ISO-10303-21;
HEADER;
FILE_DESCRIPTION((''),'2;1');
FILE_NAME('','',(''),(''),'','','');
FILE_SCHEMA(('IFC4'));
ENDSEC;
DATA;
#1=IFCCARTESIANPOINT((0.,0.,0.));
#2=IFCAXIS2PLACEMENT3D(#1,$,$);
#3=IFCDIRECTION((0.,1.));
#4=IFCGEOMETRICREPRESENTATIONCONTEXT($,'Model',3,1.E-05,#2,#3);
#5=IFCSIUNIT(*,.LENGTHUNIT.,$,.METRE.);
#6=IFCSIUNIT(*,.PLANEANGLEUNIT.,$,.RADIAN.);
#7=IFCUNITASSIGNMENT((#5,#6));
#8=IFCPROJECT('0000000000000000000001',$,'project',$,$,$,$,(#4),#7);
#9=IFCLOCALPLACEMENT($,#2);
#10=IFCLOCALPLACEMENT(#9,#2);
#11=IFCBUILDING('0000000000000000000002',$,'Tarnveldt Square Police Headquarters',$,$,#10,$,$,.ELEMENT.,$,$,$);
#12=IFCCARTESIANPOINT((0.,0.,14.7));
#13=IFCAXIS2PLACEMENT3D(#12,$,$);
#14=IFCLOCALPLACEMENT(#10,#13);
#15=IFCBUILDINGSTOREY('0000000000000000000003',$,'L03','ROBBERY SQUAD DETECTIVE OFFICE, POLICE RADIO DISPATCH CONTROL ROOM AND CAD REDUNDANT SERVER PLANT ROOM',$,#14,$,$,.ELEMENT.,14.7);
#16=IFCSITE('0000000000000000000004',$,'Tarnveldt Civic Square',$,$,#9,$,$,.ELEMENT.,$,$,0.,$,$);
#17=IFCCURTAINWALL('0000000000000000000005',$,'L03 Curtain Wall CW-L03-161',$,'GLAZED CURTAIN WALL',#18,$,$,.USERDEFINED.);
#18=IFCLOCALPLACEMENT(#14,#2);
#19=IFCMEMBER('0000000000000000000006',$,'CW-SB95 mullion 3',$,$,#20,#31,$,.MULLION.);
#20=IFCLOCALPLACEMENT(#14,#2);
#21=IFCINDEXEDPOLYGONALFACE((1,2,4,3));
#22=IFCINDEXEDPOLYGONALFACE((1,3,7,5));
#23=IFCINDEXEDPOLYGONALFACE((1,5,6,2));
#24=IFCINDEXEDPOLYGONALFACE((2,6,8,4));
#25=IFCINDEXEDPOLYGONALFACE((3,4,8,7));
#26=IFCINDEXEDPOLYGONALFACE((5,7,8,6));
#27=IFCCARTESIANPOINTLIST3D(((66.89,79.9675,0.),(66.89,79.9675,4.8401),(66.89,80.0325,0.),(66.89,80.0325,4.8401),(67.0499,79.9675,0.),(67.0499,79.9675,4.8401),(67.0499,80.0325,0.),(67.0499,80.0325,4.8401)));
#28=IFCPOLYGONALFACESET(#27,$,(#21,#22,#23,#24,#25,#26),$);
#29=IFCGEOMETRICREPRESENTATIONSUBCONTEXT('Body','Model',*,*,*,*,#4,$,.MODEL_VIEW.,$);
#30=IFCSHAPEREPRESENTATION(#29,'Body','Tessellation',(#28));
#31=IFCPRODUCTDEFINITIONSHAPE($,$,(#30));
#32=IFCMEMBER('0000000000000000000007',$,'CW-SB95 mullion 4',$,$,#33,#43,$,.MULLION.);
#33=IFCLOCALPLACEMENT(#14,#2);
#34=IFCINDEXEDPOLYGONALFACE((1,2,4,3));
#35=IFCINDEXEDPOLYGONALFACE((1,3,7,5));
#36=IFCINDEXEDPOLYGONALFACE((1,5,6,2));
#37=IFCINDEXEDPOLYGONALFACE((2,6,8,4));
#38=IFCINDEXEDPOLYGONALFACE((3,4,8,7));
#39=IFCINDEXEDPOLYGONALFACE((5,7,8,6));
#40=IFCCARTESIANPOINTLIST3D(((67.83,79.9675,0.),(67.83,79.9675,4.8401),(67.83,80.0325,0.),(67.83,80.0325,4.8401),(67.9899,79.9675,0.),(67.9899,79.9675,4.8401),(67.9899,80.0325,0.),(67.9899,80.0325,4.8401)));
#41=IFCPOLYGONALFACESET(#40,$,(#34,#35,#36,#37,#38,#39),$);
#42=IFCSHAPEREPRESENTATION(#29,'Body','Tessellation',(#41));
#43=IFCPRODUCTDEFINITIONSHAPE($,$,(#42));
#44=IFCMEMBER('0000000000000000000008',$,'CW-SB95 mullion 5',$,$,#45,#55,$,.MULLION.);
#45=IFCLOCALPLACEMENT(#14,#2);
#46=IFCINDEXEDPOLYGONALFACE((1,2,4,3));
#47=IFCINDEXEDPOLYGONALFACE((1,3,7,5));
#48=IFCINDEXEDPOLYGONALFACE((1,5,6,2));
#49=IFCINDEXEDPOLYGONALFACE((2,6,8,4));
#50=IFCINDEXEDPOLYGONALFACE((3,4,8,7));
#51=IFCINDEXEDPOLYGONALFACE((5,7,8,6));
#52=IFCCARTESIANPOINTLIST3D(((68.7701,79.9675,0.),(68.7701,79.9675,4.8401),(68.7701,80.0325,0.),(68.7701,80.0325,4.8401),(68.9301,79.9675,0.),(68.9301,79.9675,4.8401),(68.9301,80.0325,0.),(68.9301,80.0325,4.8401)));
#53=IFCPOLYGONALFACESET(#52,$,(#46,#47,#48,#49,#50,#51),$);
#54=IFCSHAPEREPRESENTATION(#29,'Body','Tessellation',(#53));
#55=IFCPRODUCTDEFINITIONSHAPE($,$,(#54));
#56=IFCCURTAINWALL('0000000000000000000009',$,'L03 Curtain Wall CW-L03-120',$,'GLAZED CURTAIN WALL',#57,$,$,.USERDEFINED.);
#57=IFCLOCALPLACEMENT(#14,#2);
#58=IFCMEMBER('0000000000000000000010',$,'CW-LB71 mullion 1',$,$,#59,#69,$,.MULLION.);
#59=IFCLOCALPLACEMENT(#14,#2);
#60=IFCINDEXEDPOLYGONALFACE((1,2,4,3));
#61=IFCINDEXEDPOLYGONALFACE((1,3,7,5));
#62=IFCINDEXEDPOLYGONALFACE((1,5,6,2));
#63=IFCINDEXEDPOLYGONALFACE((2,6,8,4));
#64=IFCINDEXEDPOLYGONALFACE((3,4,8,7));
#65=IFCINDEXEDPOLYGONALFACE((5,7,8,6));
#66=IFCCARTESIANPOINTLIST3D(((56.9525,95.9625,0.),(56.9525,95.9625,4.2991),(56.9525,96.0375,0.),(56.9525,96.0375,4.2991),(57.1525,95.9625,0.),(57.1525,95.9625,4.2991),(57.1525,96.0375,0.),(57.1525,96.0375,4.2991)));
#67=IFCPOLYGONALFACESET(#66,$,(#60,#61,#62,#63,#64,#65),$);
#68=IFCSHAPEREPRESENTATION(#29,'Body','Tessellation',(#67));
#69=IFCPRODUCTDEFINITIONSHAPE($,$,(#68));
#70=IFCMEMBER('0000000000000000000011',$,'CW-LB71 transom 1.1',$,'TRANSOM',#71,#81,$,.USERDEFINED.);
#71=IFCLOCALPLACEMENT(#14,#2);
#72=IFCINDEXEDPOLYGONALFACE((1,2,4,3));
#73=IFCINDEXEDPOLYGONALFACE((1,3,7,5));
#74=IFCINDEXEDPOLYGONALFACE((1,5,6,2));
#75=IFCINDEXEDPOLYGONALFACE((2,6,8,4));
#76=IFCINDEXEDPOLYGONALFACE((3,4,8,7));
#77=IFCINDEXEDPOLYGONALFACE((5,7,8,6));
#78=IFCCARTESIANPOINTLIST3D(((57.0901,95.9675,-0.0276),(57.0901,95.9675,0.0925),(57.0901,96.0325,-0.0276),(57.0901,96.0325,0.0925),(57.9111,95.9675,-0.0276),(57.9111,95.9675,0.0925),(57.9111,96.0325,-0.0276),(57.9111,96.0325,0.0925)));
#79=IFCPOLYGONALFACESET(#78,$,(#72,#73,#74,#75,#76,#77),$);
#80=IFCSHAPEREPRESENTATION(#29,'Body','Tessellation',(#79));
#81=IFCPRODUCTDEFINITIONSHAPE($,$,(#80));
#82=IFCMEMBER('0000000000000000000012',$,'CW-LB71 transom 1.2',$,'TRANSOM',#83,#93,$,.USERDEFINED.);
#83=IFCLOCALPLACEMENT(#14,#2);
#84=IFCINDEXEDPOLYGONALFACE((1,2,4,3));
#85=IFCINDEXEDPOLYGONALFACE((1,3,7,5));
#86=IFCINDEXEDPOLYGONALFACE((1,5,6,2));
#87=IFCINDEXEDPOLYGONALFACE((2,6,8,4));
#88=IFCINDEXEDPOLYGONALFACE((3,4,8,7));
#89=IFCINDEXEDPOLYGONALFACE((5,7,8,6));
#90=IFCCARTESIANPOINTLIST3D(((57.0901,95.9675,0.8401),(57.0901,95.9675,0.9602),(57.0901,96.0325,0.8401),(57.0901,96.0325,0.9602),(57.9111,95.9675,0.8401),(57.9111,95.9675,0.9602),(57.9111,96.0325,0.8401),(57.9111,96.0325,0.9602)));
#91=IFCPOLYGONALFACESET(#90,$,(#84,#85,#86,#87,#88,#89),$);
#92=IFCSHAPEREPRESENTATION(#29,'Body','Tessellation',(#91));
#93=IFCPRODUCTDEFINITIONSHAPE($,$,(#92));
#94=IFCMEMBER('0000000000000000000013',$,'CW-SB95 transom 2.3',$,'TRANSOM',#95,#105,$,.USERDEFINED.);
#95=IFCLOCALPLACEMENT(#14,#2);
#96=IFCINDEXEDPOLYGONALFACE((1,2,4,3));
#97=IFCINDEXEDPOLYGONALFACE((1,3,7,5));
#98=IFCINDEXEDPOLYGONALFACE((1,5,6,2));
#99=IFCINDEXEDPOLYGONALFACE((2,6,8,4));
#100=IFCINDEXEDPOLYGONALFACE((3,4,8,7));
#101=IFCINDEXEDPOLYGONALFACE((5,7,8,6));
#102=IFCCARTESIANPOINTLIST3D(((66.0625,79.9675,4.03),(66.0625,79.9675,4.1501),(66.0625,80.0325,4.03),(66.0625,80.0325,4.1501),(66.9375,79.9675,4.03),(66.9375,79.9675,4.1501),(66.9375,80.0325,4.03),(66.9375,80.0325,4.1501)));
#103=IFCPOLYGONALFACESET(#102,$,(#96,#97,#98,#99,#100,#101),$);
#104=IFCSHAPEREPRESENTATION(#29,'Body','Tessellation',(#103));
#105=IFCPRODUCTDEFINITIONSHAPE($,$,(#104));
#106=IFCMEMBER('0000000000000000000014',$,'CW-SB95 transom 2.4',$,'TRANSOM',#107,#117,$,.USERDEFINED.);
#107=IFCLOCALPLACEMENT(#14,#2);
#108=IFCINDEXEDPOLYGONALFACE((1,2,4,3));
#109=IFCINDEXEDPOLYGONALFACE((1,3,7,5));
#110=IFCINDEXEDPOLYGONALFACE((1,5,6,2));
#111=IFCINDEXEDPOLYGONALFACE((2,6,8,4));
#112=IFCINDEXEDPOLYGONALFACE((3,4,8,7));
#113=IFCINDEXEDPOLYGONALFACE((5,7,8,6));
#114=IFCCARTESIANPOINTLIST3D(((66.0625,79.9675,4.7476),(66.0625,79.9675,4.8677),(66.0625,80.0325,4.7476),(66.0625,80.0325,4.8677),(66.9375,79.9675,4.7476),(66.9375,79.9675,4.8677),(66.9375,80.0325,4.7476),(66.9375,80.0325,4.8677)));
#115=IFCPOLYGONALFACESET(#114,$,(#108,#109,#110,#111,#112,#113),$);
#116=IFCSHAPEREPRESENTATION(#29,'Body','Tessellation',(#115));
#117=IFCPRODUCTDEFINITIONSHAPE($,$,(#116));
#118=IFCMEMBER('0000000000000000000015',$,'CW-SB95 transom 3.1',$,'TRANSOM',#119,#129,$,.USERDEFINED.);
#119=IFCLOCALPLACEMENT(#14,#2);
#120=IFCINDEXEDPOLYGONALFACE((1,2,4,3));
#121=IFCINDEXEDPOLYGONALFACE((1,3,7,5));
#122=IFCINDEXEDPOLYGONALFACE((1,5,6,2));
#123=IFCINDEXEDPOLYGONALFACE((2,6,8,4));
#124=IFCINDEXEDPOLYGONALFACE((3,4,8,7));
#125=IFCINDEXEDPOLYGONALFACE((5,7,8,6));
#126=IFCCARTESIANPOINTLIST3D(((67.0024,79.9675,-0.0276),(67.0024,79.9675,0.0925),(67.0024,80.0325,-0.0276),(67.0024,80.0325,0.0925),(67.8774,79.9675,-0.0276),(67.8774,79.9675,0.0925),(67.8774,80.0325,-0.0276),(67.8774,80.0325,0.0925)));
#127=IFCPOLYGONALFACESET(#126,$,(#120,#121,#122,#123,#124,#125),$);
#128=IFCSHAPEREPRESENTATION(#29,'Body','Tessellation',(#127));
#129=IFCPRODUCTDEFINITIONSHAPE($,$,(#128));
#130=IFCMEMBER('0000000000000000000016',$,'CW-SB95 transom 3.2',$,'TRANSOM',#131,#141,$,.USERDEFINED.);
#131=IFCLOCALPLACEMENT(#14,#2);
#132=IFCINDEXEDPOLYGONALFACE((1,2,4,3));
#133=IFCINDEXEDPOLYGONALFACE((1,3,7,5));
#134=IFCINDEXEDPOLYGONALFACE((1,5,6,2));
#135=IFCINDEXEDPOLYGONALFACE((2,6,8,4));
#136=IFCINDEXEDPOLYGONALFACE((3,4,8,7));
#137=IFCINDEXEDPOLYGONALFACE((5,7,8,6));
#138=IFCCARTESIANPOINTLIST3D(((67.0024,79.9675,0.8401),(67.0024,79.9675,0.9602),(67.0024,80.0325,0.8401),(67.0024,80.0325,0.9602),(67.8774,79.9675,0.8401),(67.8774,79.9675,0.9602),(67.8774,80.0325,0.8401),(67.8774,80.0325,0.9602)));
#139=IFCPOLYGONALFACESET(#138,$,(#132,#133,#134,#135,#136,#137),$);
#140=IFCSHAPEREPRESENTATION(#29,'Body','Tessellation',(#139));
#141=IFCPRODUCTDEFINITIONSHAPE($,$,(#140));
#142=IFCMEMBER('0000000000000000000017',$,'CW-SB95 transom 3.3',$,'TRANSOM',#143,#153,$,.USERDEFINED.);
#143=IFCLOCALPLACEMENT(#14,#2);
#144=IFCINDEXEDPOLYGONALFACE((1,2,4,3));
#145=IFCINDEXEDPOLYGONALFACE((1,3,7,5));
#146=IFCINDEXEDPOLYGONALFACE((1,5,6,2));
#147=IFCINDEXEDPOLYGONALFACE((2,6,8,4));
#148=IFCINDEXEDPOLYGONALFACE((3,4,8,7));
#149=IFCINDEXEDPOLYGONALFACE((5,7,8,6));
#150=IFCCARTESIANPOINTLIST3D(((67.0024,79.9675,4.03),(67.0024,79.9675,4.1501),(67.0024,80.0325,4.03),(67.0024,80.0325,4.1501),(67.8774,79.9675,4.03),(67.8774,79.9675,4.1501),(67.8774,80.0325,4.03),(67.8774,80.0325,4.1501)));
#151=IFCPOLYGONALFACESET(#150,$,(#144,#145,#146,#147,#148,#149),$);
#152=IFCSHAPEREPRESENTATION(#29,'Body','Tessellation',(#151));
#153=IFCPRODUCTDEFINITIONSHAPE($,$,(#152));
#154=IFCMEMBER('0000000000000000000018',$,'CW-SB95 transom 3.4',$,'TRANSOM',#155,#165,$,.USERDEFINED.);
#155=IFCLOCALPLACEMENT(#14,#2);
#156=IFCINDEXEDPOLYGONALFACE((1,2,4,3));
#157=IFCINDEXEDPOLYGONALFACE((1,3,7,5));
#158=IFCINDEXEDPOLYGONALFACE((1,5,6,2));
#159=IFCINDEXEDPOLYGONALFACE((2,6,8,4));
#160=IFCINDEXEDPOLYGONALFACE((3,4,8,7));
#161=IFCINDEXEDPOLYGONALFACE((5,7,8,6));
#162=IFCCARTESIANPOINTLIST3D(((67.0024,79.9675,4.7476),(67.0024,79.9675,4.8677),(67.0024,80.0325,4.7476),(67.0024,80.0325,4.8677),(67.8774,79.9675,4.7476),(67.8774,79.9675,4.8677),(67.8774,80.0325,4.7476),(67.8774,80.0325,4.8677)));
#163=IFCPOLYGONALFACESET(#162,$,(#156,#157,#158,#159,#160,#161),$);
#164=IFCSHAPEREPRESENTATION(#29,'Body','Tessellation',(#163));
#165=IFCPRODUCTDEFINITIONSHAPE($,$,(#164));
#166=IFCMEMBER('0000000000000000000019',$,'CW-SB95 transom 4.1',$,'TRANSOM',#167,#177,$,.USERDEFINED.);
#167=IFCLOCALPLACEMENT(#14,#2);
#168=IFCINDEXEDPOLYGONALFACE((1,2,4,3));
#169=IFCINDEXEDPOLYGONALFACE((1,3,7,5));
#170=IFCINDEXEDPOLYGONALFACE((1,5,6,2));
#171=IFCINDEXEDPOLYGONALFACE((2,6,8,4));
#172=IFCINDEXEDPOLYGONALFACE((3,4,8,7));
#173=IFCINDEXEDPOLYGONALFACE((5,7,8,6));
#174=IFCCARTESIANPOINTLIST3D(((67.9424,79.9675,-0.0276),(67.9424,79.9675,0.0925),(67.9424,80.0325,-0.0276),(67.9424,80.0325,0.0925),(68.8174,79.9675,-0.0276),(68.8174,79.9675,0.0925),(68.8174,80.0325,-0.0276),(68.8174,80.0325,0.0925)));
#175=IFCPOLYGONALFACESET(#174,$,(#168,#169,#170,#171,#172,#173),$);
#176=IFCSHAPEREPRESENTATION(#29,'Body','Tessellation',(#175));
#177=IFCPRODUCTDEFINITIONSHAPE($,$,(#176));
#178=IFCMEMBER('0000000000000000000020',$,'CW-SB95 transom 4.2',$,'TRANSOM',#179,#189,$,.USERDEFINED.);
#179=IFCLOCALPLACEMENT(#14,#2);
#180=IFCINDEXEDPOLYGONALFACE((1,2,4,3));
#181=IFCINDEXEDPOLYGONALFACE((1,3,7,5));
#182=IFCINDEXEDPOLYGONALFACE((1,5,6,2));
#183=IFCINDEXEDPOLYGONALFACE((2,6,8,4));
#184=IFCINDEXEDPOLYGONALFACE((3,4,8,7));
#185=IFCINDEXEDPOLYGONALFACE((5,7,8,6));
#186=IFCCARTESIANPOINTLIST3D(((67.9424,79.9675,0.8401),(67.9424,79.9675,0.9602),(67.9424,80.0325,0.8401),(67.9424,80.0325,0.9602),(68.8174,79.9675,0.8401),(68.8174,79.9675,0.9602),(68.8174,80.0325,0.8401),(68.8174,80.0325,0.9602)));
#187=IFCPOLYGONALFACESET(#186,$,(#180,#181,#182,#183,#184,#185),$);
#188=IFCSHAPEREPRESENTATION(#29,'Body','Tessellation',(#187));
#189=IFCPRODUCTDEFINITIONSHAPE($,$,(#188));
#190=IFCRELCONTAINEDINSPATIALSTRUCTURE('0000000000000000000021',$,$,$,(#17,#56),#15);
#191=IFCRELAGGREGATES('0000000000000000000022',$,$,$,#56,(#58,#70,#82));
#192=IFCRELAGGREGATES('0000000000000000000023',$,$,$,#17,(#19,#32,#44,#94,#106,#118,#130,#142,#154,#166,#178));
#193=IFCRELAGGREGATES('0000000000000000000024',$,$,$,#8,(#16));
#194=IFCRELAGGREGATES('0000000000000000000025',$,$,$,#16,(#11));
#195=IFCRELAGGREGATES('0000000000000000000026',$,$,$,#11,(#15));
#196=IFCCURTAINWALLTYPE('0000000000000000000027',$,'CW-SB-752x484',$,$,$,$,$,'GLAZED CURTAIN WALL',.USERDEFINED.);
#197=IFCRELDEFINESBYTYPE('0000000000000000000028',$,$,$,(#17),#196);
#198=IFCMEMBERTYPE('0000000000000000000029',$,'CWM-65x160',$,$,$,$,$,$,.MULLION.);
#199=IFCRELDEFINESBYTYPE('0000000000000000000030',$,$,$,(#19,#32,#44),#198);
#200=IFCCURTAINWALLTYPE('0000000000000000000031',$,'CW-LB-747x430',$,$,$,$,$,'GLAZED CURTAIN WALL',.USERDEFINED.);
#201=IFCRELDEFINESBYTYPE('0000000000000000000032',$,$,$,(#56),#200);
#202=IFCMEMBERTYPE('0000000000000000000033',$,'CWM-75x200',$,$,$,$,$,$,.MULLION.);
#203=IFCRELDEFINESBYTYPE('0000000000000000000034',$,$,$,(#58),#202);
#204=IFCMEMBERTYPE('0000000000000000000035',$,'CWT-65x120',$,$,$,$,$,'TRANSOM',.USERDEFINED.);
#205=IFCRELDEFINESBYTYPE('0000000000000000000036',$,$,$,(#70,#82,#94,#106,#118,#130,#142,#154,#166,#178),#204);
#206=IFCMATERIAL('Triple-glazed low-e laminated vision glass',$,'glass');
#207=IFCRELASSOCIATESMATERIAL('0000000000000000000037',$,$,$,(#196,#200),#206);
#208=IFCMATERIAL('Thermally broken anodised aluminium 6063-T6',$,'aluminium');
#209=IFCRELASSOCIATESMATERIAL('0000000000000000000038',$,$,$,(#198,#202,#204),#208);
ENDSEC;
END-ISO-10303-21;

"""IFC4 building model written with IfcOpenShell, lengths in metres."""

from ifc_helpers import new_model, si_unit, direction, frame, origin, origin_2d, place, context, subcontext, project, spatial, rectangle, extrude, material, material_profile, profile_set, type_object, element, aggregate, save


model = new_model("IFC4")

# Units and contexts
model_context = context("Model", 3, precision=1e-05, world=origin(), true_north=direction((0.0, 1.0)))
body_context = subcontext(model_context, "Body", "Model", "MODEL_VIEW")
ifc_project = project(units=[si_unit("LENGTHUNIT", "METRE"), si_unit("PLANEANGLEUNIT", "RADIAN")], contexts=[model_context])

# Site, building, storey
site_placement = place(None, origin())
site = spatial("IfcSite", under=ifc_project, at=site_placement, Name="Tarnveldt Civic Square", CompositionType="ELEMENT", RefElevation=0.0)
building_placement = place(site_placement, origin())
building = spatial("IfcBuilding", under=site, at=building_placement, Name="Tarnveldt Square Police Headquarters", CompositionType="ELEMENT")
storey_placement = place(building_placement, frame((0.0, 0.0, 14.7)))
storey = spatial("IfcBuildingStorey", under=building, at=storey_placement, Name="L03", Description="ROBBERY SQUAD DETECTIVE OFFICE, POLICE RADIO DISPATCH CONTROL ROOM AND CAD REDUNDANT SERVER PLANT ROOM", CompositionType="ELEMENT", Elevation=14.7)

# Curtain walls, members
ifc_material_1 = material(Name="Triple-glazed low-e laminated vision glass", Category="glass")
curtain_wall_type_1 = type_object("IfcCurtainWallType", Name="CW-SB-752x484", ElementType="GLAZED CURTAIN WALL", PredefinedType="USERDEFINED", material=ifc_material_1)
curtain_wall_1_placement = place(storey_placement, origin())
curtain_wall_1 = element("IfcCurtainWall", 1, at=curtain_wall_1_placement, inside=storey, type_object=curtain_wall_type_1, Name="L03 Curtain Wall CW-L03-161", ObjectType="GLAZED CURTAIN WALL", PredefinedType="USERDEFINED")
ifc_material_2 = material(Name="Thermally broken anodised aluminium 6063-T6", Category="aluminium")
ifc_material_profile_1 = material_profile(ifc_material_2, rectangle(XDim=0.0649, YDim=0.1599, at=origin_2d()), Name="CW-M65x160")
ifc_profile_set_1 = profile_set([ifc_material_profile_1], Name="Thermally broken anodised aluminium 6063-T6")
member_type_1 = type_object("IfcMemberType", Name="CWM-65x160", PredefinedType="MULLION", material=ifc_profile_set_1)
member_1_placement = place(storey_placement, frame((66.97, 80.0, 0.0), z_axis=(0.0, 0.0, 1.0), x_axis=(0.0, 1.0, 0.0)))
member_1 = element("IfcMember", 2, at=member_1_placement, type_object=member_type_1, Name="CW-SB95 mullion 3", PredefinedType="MULLION", context=body_context, shape_type="SweptSolid", body=[
    extrude(rectangle(XDim=0.0649, YDim=0.1599, at=origin_2d()), origin(), (0.0, 0.0, 1.0), 4.8401),
])
member_2_placement = place(storey_placement, frame((67.9099, 80.0, 0.0), z_axis=(0.0, 0.0, 1.0), x_axis=(0.0, 1.0, 0.0)))
member_2 = element("IfcMember", 3, at=member_2_placement, type_object=member_type_1, Name="CW-SB95 mullion 4", PredefinedType="MULLION", context=body_context, shape_type="SweptSolid", body=[
    extrude(rectangle(XDim=0.0649, YDim=0.1599, at=origin_2d()), origin(), (0.0, 0.0, 1.0), 4.8401),
])
member_3_placement = place(storey_placement, frame((68.8501, 80.0, 0.0), z_axis=(0.0, 0.0, 1.0), x_axis=(0.0, 1.0, 0.0)))
member_3 = element("IfcMember", 4, at=member_3_placement, type_object=member_type_1, Name="CW-SB95 mullion 5", PredefinedType="MULLION", context=body_context, shape_type="SweptSolid", body=[
    extrude(rectangle(XDim=0.0649, YDim=0.1599, at=origin_2d()), origin(), (0.0, 0.0, 1.0), 4.8401),
])
curtain_wall_type_2 = type_object("IfcCurtainWallType", Name="CW-LB-747x430", ElementType="GLAZED CURTAIN WALL", PredefinedType="USERDEFINED", material=ifc_material_1)
curtain_wall_2_placement = place(storey_placement, origin())
curtain_wall_2 = element("IfcCurtainWall", 5, at=curtain_wall_2_placement, inside=storey, type_object=curtain_wall_type_2, Name="L03 Curtain Wall CW-L03-120", ObjectType="GLAZED CURTAIN WALL", PredefinedType="USERDEFINED")
ifc_material_profile_2 = material_profile(ifc_material_2, rectangle(XDim=0.075, YDim=0.2, at=origin_2d()), Name="CW-M75x200")
ifc_profile_set_2 = profile_set([ifc_material_profile_2], Name="Thermally broken anodised aluminium 6063-T6")
member_type_2 = type_object("IfcMemberType", Name="CWM-75x200", PredefinedType="MULLION", material=ifc_profile_set_2)
member_4_placement = place(storey_placement, frame((57.0525, 96.0, 0.0), z_axis=(0.0, 0.0, 1.0), x_axis=(0.0, 1.0, 0.0)))
member_4 = element("IfcMember", 6, at=member_4_placement, type_object=member_type_2, Name="CW-LB71 mullion 1", PredefinedType="MULLION", context=body_context, shape_type="SweptSolid", body=[
    extrude(rectangle(XDim=0.075, YDim=0.2, at=origin_2d()), origin(), (0.0, 0.0, 1.0), 4.2991),
])
ifc_material_profile_3 = material_profile(ifc_material_2, rectangle(XDim=0.0649, YDim=0.1201, at=origin_2d()), Name="CW-T65x120")
ifc_profile_set_3 = profile_set([ifc_material_profile_3], Name="Thermally broken anodised aluminium 6063-T6")
member_type_3 = type_object("IfcMemberType", Name="CWT-65x120", ElementType="TRANSOM", PredefinedType="USERDEFINED", material=ifc_profile_set_3)
member_5_placement = place(storey_placement, frame((57.0901, 96.0, 0.0325), z_axis=(1.0, 0.0, 0.0), x_axis=(0.0, 1.0, 0.0)))
member_5 = element("IfcMember", 7, at=member_5_placement, type_object=member_type_3, Name="CW-LB71 transom 1.1", ObjectType="TRANSOM", PredefinedType="USERDEFINED", context=body_context, shape_type="SweptSolid", body=[
    extrude(rectangle(XDim=0.0649, YDim=0.1201, at=origin_2d()), origin(), (0.0, 0.0, 1.0), 0.821),
])
member_6_placement = place(storey_placement, frame((57.0901, 96.0, 0.9001), z_axis=(1.0, 0.0, 0.0), x_axis=(0.0, 1.0, 0.0)))
member_6 = element("IfcMember", 8, at=member_6_placement, type_object=member_type_3, Name="CW-LB71 transom 1.2", ObjectType="TRANSOM", PredefinedType="USERDEFINED", context=body_context, shape_type="SweptSolid", body=[
    extrude(rectangle(XDim=0.0649, YDim=0.1201, at=origin_2d()), origin(), (0.0, 0.0, 1.0), 0.821),
])
aggregate(curtain_wall_2, [member_4, member_5, member_6])

# Members
member_7_placement = place(storey_placement, frame((66.0625, 80.0, 4.0901), z_axis=(1.0, 0.0, 0.0), x_axis=(0.0, 1.0, 0.0)))
member_7 = element("IfcMember", 9, at=member_7_placement, type_object=member_type_3, Name="CW-SB95 transom 2.3", ObjectType="TRANSOM", PredefinedType="USERDEFINED", context=body_context, shape_type="SweptSolid", body=[
    extrude(rectangle(XDim=0.0649, YDim=0.1201, at=origin_2d()), origin(), (0.0, 0.0, 1.0), 0.875),
])
member_8_placement = place(storey_placement, frame((66.0625, 80.0, 4.8076), z_axis=(1.0, 0.0, 0.0), x_axis=(0.0, 1.0, 0.0)))
member_8 = element("IfcMember", 10, at=member_8_placement, type_object=member_type_3, Name="CW-SB95 transom 2.4", ObjectType="TRANSOM", PredefinedType="USERDEFINED", context=body_context, shape_type="SweptSolid", body=[
    extrude(rectangle(XDim=0.0649, YDim=0.1201, at=origin_2d()), origin(), (0.0, 0.0, 1.0), 0.875),
])
member_9_placement = place(storey_placement, frame((67.0024, 80.0, 0.0325), z_axis=(1.0, 0.0, 0.0), x_axis=(0.0, 1.0, 0.0)))
member_9 = element("IfcMember", 11, at=member_9_placement, type_object=member_type_3, Name="CW-SB95 transom 3.1", ObjectType="TRANSOM", PredefinedType="USERDEFINED", context=body_context, shape_type="SweptSolid", body=[
    extrude(rectangle(XDim=0.0649, YDim=0.1201, at=origin_2d()), origin(), (0.0, 0.0, 1.0), 0.875),
])
member_10_placement = place(storey_placement, frame((67.0024, 80.0, 0.9001), z_axis=(1.0, 0.0, 0.0), x_axis=(0.0, 1.0, 0.0)))
member_10 = element("IfcMember", 12, at=member_10_placement, type_object=member_type_3, Name="CW-SB95 transom 3.2", ObjectType="TRANSOM", PredefinedType="USERDEFINED", context=body_context, shape_type="SweptSolid", body=[
    extrude(rectangle(XDim=0.0649, YDim=0.1201, at=origin_2d()), origin(), (0.0, 0.0, 1.0), 0.875),
])
member_11_placement = place(storey_placement, frame((67.0024, 80.0, 4.0901), z_axis=(1.0, 0.0, 0.0), x_axis=(0.0, 1.0, 0.0)))
member_11 = element("IfcMember", 13, at=member_11_placement, type_object=member_type_3, Name="CW-SB95 transom 3.3", ObjectType="TRANSOM", PredefinedType="USERDEFINED", context=body_context, shape_type="SweptSolid", body=[
    extrude(rectangle(XDim=0.0649, YDim=0.1201, at=origin_2d()), origin(), (0.0, 0.0, 1.0), 0.875),
])
member_12_placement = place(storey_placement, frame((67.0024, 80.0, 4.8076), z_axis=(1.0, 0.0, 0.0), x_axis=(0.0, 1.0, 0.0)))
member_12 = element("IfcMember", 14, at=member_12_placement, type_object=member_type_3, Name="CW-SB95 transom 3.4", ObjectType="TRANSOM", PredefinedType="USERDEFINED", context=body_context, shape_type="SweptSolid", body=[
    extrude(rectangle(XDim=0.0649, YDim=0.1201, at=origin_2d()), origin(), (0.0, 0.0, 1.0), 0.875),
])
member_13_placement = place(storey_placement, frame((67.9424, 80.0, 0.0325), z_axis=(1.0, 0.0, 0.0), x_axis=(0.0, 1.0, 0.0)))
member_13 = element("IfcMember", 15, at=member_13_placement, type_object=member_type_3, Name="CW-SB95 transom 4.1", ObjectType="TRANSOM", PredefinedType="USERDEFINED", context=body_context, shape_type="SweptSolid", body=[
    extrude(rectangle(XDim=0.0649, YDim=0.1201, at=origin_2d()), origin(), (0.0, 0.0, 1.0), 0.875),
])
member_14_placement = place(storey_placement, frame((67.9424, 80.0, 0.9001), z_axis=(1.0, 0.0, 0.0), x_axis=(0.0, 1.0, 0.0)))
member_14 = element("IfcMember", 16, at=member_14_placement, type_object=member_type_3, Name="CW-SB95 transom 4.2", ObjectType="TRANSOM", PredefinedType="USERDEFINED", context=body_context, shape_type="SweptSolid", body=[
    extrude(rectangle(XDim=0.0649, YDim=0.1201, at=origin_2d()), origin(), (0.0, 0.0, 1.0), 0.875),
])

aggregate(curtain_wall_1, [member_1, member_2, member_3, member_7, member_8, member_9, member_10, member_11, member_12, member_13, member_14])

save(model, "model.ifc")
